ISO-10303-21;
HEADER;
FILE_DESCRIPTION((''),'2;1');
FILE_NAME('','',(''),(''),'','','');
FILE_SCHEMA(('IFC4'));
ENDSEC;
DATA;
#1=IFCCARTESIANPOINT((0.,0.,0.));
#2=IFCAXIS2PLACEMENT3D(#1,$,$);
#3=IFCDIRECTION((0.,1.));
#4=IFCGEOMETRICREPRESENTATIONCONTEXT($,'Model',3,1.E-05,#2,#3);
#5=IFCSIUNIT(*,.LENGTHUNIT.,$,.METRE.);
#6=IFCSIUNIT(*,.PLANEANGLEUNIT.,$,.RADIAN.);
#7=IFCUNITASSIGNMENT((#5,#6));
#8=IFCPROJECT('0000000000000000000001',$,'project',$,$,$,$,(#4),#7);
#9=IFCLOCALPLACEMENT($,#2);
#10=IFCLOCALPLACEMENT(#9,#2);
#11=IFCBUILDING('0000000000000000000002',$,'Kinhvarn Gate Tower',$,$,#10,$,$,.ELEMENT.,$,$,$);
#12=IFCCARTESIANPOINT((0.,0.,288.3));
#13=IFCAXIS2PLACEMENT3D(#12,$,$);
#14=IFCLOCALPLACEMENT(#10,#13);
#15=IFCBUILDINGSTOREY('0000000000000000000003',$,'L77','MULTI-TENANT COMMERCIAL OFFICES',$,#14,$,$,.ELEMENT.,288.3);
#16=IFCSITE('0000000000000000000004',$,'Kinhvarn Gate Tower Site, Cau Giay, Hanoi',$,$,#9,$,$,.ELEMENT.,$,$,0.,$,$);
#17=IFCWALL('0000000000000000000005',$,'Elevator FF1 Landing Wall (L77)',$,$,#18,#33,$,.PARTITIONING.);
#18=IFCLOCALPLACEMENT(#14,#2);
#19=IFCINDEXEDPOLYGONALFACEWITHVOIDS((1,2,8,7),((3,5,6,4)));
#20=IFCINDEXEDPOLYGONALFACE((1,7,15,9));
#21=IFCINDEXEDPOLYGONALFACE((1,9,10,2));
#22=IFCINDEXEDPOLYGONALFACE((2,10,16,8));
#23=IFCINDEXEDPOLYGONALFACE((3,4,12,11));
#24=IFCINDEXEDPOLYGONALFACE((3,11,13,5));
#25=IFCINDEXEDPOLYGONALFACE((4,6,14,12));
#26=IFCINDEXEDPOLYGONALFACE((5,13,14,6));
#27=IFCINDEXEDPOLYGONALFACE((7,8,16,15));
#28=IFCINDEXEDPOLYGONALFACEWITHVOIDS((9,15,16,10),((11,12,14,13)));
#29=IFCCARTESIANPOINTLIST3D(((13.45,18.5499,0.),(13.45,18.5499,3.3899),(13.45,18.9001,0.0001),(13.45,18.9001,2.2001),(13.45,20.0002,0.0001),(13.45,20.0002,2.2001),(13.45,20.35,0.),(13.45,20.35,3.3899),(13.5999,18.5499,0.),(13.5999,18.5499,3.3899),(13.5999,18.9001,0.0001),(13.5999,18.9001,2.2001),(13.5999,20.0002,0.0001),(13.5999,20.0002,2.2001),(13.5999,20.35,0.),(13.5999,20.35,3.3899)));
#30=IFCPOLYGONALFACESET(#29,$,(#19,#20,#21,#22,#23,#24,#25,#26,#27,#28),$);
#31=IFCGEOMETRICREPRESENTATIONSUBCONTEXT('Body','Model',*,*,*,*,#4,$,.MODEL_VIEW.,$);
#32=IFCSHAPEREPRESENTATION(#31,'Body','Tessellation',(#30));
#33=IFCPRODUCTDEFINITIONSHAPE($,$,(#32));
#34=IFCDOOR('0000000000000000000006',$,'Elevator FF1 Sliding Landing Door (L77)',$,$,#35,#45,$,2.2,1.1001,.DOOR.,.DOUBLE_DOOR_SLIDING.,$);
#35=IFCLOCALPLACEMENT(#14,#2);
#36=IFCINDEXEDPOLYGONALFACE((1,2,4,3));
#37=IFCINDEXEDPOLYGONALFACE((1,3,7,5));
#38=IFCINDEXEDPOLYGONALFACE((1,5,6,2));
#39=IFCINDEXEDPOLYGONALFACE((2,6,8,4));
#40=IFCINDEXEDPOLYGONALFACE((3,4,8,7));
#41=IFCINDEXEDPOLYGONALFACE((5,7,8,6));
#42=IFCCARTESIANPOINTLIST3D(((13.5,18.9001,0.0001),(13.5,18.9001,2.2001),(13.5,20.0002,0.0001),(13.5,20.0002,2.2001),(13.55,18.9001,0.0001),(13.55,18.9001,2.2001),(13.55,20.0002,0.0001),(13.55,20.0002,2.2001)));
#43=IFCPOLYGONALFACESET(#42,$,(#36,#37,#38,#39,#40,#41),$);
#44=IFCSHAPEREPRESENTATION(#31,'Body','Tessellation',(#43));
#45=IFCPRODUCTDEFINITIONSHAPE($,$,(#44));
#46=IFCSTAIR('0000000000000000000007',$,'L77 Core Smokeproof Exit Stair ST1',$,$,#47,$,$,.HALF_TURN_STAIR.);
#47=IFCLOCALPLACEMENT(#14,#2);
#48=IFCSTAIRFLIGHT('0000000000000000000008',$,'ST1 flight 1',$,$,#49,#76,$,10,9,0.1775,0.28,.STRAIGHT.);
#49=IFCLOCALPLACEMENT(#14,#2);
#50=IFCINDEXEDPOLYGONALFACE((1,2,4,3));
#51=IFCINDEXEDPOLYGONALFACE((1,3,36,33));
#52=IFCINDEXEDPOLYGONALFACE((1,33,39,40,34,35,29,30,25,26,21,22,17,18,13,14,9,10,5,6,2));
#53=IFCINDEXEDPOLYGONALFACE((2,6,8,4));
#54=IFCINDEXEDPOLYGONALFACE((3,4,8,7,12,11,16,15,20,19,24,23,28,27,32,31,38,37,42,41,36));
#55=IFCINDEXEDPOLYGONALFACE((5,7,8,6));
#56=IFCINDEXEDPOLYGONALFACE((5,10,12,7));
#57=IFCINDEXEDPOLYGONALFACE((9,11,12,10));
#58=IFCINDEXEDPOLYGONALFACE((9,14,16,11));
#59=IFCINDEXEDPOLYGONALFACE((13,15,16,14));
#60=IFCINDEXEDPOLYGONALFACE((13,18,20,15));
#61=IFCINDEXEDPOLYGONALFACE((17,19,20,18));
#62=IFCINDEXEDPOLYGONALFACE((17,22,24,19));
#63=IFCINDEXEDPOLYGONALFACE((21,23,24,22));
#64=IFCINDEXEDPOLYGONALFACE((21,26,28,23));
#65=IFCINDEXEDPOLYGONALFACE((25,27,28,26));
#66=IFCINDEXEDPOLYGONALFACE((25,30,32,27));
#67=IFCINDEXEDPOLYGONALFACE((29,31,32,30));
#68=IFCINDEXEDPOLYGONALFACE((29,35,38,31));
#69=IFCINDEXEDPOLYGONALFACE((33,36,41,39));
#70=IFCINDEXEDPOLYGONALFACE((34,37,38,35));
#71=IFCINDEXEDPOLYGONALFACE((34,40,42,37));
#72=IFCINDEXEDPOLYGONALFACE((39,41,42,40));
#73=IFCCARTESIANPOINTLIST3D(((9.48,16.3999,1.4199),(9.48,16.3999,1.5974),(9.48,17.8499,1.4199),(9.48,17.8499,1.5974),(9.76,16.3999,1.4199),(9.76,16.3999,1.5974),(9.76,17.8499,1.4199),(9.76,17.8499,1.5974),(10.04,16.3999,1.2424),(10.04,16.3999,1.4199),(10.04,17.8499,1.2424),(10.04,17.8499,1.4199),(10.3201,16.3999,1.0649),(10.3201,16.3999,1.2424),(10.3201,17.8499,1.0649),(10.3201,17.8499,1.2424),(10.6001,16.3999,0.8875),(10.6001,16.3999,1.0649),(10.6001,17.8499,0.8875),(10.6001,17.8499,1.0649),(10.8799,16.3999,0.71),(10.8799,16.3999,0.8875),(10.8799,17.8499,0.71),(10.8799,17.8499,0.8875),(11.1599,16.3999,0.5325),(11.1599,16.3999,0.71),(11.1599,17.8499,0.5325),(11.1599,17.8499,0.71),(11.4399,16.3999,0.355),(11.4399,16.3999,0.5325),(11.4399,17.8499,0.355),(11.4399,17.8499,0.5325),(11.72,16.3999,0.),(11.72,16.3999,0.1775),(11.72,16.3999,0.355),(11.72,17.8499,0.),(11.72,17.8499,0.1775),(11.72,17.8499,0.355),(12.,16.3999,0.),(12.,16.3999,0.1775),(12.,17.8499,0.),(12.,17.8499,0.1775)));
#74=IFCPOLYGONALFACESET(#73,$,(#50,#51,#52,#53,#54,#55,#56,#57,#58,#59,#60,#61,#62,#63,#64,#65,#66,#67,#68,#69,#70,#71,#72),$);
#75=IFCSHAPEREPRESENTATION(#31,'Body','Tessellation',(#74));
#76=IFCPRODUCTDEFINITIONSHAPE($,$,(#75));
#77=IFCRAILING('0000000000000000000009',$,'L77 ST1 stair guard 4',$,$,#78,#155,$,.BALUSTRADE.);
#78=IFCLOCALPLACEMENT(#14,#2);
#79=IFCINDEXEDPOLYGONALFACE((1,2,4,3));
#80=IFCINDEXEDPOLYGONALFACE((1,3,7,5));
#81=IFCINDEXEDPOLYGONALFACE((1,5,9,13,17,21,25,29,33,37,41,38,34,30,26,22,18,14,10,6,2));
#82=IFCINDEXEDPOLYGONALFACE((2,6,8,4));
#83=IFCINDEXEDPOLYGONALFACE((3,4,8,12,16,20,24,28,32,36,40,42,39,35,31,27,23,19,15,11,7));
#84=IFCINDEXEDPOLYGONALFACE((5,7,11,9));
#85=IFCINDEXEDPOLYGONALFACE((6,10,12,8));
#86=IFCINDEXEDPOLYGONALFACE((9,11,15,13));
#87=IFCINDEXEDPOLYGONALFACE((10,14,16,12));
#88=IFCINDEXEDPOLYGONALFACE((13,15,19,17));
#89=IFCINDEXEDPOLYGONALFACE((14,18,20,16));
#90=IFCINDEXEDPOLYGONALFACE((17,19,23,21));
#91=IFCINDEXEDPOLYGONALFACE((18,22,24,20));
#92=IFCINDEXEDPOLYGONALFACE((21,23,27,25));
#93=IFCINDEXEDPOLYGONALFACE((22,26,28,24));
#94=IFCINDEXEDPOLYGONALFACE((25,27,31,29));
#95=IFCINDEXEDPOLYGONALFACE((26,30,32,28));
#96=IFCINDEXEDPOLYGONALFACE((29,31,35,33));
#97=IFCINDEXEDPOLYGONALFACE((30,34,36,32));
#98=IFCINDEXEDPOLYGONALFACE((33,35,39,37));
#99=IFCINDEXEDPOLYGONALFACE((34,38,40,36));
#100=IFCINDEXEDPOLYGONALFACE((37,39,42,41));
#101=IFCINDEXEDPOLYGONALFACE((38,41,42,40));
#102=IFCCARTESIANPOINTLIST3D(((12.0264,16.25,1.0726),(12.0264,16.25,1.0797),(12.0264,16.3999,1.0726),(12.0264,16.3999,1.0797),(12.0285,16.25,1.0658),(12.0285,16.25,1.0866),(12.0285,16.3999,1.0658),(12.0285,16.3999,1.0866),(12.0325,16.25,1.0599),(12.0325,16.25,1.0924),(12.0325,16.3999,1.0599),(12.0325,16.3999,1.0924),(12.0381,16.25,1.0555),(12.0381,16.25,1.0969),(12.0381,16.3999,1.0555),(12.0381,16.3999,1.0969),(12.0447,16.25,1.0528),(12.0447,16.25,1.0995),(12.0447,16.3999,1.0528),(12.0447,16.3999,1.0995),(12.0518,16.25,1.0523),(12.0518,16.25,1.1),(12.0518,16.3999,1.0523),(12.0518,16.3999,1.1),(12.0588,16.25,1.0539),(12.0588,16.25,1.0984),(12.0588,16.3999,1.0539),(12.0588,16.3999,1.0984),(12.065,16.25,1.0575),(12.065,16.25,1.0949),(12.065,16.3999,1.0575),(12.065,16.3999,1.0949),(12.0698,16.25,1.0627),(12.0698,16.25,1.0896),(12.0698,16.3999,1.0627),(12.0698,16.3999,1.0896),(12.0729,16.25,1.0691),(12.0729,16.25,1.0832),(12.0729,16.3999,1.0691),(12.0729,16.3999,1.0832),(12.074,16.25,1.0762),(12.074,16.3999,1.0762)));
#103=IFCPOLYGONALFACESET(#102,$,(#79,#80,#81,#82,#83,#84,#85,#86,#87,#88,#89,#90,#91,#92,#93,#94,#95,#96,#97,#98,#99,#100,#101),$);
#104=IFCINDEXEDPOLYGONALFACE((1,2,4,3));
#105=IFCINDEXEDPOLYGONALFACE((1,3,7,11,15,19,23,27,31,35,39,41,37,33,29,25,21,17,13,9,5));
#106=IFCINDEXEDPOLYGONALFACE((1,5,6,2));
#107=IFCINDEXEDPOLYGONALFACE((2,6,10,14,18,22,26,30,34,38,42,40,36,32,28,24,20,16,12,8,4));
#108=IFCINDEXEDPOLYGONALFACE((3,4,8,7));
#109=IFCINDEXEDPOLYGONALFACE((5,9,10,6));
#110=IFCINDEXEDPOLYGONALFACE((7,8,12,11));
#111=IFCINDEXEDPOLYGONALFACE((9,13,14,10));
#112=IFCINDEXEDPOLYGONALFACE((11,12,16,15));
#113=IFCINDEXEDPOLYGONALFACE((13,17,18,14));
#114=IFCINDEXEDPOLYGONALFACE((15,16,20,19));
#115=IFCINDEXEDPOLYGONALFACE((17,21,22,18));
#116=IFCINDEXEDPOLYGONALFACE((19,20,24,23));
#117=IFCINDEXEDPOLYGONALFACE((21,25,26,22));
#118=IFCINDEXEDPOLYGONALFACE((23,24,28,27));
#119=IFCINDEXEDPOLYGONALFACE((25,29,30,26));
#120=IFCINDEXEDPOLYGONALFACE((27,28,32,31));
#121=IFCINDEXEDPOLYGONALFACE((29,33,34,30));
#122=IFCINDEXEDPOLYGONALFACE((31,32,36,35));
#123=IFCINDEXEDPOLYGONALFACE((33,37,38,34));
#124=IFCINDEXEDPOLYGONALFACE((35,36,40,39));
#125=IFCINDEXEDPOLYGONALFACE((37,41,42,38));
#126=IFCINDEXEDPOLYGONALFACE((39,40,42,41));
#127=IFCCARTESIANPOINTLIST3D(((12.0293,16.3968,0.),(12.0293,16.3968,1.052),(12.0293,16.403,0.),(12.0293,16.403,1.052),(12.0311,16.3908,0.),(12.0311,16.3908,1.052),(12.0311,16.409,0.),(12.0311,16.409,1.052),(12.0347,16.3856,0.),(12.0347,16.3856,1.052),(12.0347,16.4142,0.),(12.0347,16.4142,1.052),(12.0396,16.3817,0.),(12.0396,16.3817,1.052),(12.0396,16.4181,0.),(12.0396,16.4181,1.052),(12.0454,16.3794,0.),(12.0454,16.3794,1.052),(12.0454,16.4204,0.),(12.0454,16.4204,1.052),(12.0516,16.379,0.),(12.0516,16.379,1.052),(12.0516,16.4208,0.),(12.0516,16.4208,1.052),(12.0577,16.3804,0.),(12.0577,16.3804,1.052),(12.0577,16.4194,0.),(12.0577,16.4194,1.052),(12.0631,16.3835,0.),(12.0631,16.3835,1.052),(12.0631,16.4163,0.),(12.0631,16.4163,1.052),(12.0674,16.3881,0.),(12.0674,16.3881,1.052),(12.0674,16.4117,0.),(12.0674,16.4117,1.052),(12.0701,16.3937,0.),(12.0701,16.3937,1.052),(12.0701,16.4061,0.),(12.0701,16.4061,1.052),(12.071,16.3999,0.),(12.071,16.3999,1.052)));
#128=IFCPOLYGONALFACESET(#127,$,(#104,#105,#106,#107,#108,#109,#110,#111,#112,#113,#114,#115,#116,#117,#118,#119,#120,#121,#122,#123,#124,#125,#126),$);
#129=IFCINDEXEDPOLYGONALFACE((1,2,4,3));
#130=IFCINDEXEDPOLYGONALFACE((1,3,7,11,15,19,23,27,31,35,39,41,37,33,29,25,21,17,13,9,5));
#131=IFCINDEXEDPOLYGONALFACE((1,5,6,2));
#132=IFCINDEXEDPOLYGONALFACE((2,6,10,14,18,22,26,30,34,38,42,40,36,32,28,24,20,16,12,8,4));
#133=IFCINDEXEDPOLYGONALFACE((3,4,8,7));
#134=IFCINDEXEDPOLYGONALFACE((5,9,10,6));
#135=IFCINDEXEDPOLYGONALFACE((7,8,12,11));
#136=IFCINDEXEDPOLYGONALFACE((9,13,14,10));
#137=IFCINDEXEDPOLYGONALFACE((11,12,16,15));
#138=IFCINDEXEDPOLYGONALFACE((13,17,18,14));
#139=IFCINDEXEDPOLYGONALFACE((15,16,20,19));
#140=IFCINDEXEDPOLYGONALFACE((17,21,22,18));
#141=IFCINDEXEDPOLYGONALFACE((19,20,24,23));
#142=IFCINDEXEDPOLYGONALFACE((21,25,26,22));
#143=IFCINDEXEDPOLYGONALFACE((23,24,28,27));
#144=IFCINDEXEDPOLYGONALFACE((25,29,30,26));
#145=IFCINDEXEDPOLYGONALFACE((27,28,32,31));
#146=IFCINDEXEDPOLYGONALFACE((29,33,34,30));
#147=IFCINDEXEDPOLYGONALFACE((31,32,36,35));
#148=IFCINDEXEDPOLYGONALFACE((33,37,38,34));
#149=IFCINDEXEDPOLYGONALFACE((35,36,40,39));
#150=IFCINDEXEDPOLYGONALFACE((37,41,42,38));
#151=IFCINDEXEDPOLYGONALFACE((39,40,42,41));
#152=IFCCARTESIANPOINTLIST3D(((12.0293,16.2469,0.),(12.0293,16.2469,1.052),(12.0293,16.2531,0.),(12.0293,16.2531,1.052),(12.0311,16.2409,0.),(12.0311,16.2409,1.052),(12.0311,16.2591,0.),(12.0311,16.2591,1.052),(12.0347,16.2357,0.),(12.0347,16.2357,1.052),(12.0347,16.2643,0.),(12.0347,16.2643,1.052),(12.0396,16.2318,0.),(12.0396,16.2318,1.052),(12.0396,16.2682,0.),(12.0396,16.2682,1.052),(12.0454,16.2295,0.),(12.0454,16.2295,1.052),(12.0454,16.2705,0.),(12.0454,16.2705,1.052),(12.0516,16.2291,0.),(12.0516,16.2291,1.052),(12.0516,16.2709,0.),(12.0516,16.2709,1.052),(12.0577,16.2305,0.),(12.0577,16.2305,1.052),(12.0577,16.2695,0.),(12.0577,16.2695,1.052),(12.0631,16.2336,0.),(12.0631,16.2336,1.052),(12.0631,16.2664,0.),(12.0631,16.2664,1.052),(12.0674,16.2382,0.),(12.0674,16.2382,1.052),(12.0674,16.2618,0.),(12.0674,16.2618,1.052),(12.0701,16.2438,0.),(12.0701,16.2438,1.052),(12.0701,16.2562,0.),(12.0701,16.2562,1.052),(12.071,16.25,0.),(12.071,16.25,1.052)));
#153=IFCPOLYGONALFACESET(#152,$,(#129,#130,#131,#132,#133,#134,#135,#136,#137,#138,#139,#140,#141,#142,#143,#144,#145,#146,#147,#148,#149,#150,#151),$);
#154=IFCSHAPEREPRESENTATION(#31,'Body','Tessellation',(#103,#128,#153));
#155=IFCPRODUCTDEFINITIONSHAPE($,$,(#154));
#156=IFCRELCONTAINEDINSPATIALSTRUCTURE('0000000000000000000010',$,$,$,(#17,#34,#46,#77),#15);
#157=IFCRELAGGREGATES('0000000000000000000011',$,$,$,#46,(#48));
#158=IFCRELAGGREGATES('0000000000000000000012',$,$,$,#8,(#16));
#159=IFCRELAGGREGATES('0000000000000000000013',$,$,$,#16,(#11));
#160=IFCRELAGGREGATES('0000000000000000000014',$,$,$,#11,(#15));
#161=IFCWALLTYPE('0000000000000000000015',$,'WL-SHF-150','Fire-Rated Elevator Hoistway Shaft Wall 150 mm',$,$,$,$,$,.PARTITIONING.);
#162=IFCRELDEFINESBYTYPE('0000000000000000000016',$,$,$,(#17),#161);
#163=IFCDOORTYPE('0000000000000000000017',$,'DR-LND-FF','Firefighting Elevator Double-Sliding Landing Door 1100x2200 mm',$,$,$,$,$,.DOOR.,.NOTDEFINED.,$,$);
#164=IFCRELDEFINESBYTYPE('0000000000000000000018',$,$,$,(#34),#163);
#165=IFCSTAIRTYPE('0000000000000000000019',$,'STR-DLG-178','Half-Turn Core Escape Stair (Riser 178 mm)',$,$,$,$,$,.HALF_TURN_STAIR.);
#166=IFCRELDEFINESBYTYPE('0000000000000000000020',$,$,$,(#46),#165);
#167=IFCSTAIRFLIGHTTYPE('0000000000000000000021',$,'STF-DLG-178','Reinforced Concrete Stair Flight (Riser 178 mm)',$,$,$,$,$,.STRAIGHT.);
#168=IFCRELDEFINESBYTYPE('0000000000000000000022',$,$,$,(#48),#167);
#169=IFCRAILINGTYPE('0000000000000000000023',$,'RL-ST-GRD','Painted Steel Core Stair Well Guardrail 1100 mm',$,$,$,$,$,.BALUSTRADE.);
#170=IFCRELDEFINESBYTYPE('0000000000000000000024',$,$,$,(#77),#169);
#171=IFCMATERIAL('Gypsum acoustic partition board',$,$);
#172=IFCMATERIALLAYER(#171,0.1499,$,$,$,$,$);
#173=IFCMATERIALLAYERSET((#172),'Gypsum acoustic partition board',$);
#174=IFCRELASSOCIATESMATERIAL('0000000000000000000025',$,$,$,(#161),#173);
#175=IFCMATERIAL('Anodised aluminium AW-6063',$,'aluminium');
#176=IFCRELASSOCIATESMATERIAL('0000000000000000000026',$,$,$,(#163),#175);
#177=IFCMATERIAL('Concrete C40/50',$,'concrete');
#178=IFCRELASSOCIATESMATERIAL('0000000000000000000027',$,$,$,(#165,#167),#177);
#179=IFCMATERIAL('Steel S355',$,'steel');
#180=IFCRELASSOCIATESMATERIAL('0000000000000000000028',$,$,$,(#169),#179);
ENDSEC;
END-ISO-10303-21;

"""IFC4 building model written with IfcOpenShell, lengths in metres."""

from ifc_helpers import new_model, si_unit, direction, frame, frame_2d, origin, origin_2d, place, context, subcontext, project, spatial, polyline, rectangle, circle, outline, extrude, material, layer, layer_set, type_object, element, fill, aggregate, save


model = new_model("IFC4")

# Units and contexts
model_context = context("Model", 3, precision=1e-05, world=origin(), true_north=direction((0.0, 1.0)))
body_context = subcontext(model_context, "Body", "Model", "MODEL_VIEW")
ifc_project = project(units=[si_unit("LENGTHUNIT", "METRE"), si_unit("PLANEANGLEUNIT", "RADIAN")], contexts=[model_context])

# Site, building, storey
site_placement = place(None, origin())
site = spatial("IfcSite", under=ifc_project, at=site_placement, Name="Kinhvarn Gate Tower Site, Cau Giay, Hanoi", CompositionType="ELEMENT", RefElevation=0.0)
building_placement = place(site_placement, origin())
building = spatial("IfcBuilding", under=site, at=building_placement, Name="Kinhvarn Gate Tower", CompositionType="ELEMENT")
storey_placement = place(building_placement, frame((0.0, 0.0, 288.3)))
storey = spatial("IfcBuildingStorey", under=building, at=storey_placement, Name="L77", Description="MULTI-TENANT COMMERCIAL OFFICES", CompositionType="ELEMENT", Elevation=288.3)

# Shared definitions
ifc_material_1 = material(Name="Steel S355", Category="steel")

# Shared definitions
ifc_material_2 = material(Name="Anodised aluminium AW-6063", Category="aluminium")

# Shared definitions
ifc_material_3 = material(Name="Gypsum acoustic partition board")

# Shared definitions
ifc_layer_1 = layer(ifc_material_3, 0.1499)
ifc_layer_set_1 = layer_set([ifc_layer_1], Name="Gypsum acoustic partition board")
wall_type_1 = type_object("IfcWallType", Name="WL-SHF-150", Description="Fire-Rated Elevator Hoistway Shaft Wall 150 mm", PredefinedType="PARTITIONING", material=ifc_layer_set_1)

# Wall, opening, door
wall_1_placement = place(storey_placement, frame((13.5249, 18.55, 0.0), z_axis=(0.0, 0.0, 1.0), x_axis=(0.0, 1.0, 0.0)))
wall_1 = element("IfcWall", 1, at=wall_1_placement, inside=storey, type_object=wall_type_1, Name="Elevator FF1 Landing Wall (L77)", PredefinedType="PARTITIONING", context=body_context, shape_type="SweptSolid", body=[
    extrude(rectangle(XDim=1.8, YDim=0.1499, at=frame_2d((0.8999, 0.0))), origin(), (0.0, 0.0, 1.0), 3.3899),
])
opening_1_placement = place(wall_1_placement, frame((0.3501, 0.0, 0.0)))
opening_1 = element("IfcOpeningElement", 2, at=opening_1_placement, cuts=wall_1, PredefinedType="OPENING", context=body_context, shape_type="SweptSolid", body=[
    extrude(rectangle(XDim=1.1001, YDim=2.2, at=frame_2d((0.55, 1.1001))), frame((0.0, 0.085, 0.0), z_axis=(0.0, -1.0, 0.0), x_axis=(1.0, 0.0, 0.0)), (0.0, 0.0, 1.0), 0.1699),
])
door_type_1 = type_object("IfcDoorType", Name="DR-LND-FF", Description="Firefighting Elevator Double-Sliding Landing Door 1100x2200 mm", OperationType="NOTDEFINED", PredefinedType="DOOR", material=ifc_material_2)
door_1_placement = place(opening_1_placement, origin())
door_1 = element("IfcDoor", 3, at=door_1_placement, inside=storey, type_object=door_type_1, Name="Elevator FF1 Sliding Landing Door (L77)", OperationType="DOUBLE_DOOR_SLIDING", OverallHeight=2.2, OverallWidth=1.1001, PredefinedType="DOOR", context=body_context, shape_type="SweptSolid", body=[
    extrude(rectangle(XDim=1.1001, YDim=2.2, at=frame_2d((0.55, 1.1001))), frame((0.0, 0.0249, 0.0), z_axis=(0.0, -1.0, 0.0), x_axis=(1.0, 0.0, 0.0)), (0.0, 0.0, 1.0), 0.05),
])
fill(opening_1, door_1)
ifc_material_4 = material(Name="Concrete C40/50", Category="concrete")

# Stair, stair flight
stair_type = type_object("IfcStairType", Name="STR-DLG-178", Description="Half-Turn Core Escape Stair (Riser 178 mm)", PredefinedType="HALF_TURN_STAIR", material=ifc_material_4)
stair_placement = place(storey_placement, origin())
stair = element("IfcStair", 4, at=stair_placement, inside=storey, type_object=stair_type, Name="L77 Core Smokeproof Exit Stair ST1", PredefinedType="HALF_TURN_STAIR")
stair_flight_type = type_object("IfcStairFlightType", Name="STF-DLG-178", Description="Reinforced Concrete Stair Flight (Riser 178 mm)", PredefinedType="STRAIGHT", material=ifc_material_4)
stair_flight_placement = place(storey_placement, frame((12.0, 17.125, 0.0), z_axis=(0.0, 0.0, 1.0), x_axis=(-1.0, 0.0, 0.0)))
stair_flight = element("IfcStairFlight", 5, at=stair_flight_placement, type_object=stair_flight_type, Name="ST1 flight 1", NumberOfRisers=10, NumberOfTreads=9, PredefinedType="STRAIGHT", RiserHeight=0.1775, TreadLength=0.28, context=body_context, shape_type="SweptSolid", body=[
    extrude(outline(polyline([(0.0, 0.0), (0.0, 0.1775), (0.28, 0.1775), (0.28, 0.355), (0.5601, 0.355), (0.5601, 0.5325), (0.8401, 0.5325), (0.8401, 0.71), (1.1201, 0.71), (1.1201, 0.8875), (1.3999, 0.8875), (1.3999, 1.0649), (1.6799, 1.0649), (1.6799, 1.2424), (1.96, 1.2424), (1.96, 1.4199), (2.24, 1.4199), (2.24, 1.5974), (2.52, 1.5974), (2.52, 1.7749), (2.52, 1.4199), (0.28, 0.0), (0.0, 0.0)])), frame((0.0, 0.7251, 0.0), z_axis=(0.0, -1.0, 0.0), x_axis=(1.0, 0.0, 0.0)), (0.0, 0.0, 1.0), 1.45),
])
aggregate(stair, [stair_flight])

# Railing
railing_type_1 = type_object("IfcRailingType", Name="RL-ST-GRD", Description="Painted Steel Core Stair Well Guardrail 1100 mm", PredefinedType="BALUSTRADE", material=ifc_material_1)
railing_1_placement = place(storey_placement, frame((12.05, 16.3999, 0.0)))
element("IfcRailing", 6, at=railing_1_placement, inside=storey, type_object=railing_type_1, Name="L77 ST1 stair guard 4", PredefinedType="BALUSTRADE", context=body_context, shape_type="SweptSolid", body=[
    extrude(circle(Radius=0.0239, at=origin_2d()), frame((0.0, 0.0, 1.0762), z_axis=(0.0, -1.0, 0.0), x_axis=(1.0, 0.0, 0.0)), (0.0, 0.0, 1.0), 0.1499),
    extrude(circle(Radius=0.021, at=origin_2d()), origin(), (0.0, 0.0, 1.0), 1.052),
    extrude(circle(Radius=0.021, at=origin_2d()), frame((0.0, -0.1499, 0.0)), (0.0, 0.0, 1.0), 1.052),
])

save(model, "model.ifc")
